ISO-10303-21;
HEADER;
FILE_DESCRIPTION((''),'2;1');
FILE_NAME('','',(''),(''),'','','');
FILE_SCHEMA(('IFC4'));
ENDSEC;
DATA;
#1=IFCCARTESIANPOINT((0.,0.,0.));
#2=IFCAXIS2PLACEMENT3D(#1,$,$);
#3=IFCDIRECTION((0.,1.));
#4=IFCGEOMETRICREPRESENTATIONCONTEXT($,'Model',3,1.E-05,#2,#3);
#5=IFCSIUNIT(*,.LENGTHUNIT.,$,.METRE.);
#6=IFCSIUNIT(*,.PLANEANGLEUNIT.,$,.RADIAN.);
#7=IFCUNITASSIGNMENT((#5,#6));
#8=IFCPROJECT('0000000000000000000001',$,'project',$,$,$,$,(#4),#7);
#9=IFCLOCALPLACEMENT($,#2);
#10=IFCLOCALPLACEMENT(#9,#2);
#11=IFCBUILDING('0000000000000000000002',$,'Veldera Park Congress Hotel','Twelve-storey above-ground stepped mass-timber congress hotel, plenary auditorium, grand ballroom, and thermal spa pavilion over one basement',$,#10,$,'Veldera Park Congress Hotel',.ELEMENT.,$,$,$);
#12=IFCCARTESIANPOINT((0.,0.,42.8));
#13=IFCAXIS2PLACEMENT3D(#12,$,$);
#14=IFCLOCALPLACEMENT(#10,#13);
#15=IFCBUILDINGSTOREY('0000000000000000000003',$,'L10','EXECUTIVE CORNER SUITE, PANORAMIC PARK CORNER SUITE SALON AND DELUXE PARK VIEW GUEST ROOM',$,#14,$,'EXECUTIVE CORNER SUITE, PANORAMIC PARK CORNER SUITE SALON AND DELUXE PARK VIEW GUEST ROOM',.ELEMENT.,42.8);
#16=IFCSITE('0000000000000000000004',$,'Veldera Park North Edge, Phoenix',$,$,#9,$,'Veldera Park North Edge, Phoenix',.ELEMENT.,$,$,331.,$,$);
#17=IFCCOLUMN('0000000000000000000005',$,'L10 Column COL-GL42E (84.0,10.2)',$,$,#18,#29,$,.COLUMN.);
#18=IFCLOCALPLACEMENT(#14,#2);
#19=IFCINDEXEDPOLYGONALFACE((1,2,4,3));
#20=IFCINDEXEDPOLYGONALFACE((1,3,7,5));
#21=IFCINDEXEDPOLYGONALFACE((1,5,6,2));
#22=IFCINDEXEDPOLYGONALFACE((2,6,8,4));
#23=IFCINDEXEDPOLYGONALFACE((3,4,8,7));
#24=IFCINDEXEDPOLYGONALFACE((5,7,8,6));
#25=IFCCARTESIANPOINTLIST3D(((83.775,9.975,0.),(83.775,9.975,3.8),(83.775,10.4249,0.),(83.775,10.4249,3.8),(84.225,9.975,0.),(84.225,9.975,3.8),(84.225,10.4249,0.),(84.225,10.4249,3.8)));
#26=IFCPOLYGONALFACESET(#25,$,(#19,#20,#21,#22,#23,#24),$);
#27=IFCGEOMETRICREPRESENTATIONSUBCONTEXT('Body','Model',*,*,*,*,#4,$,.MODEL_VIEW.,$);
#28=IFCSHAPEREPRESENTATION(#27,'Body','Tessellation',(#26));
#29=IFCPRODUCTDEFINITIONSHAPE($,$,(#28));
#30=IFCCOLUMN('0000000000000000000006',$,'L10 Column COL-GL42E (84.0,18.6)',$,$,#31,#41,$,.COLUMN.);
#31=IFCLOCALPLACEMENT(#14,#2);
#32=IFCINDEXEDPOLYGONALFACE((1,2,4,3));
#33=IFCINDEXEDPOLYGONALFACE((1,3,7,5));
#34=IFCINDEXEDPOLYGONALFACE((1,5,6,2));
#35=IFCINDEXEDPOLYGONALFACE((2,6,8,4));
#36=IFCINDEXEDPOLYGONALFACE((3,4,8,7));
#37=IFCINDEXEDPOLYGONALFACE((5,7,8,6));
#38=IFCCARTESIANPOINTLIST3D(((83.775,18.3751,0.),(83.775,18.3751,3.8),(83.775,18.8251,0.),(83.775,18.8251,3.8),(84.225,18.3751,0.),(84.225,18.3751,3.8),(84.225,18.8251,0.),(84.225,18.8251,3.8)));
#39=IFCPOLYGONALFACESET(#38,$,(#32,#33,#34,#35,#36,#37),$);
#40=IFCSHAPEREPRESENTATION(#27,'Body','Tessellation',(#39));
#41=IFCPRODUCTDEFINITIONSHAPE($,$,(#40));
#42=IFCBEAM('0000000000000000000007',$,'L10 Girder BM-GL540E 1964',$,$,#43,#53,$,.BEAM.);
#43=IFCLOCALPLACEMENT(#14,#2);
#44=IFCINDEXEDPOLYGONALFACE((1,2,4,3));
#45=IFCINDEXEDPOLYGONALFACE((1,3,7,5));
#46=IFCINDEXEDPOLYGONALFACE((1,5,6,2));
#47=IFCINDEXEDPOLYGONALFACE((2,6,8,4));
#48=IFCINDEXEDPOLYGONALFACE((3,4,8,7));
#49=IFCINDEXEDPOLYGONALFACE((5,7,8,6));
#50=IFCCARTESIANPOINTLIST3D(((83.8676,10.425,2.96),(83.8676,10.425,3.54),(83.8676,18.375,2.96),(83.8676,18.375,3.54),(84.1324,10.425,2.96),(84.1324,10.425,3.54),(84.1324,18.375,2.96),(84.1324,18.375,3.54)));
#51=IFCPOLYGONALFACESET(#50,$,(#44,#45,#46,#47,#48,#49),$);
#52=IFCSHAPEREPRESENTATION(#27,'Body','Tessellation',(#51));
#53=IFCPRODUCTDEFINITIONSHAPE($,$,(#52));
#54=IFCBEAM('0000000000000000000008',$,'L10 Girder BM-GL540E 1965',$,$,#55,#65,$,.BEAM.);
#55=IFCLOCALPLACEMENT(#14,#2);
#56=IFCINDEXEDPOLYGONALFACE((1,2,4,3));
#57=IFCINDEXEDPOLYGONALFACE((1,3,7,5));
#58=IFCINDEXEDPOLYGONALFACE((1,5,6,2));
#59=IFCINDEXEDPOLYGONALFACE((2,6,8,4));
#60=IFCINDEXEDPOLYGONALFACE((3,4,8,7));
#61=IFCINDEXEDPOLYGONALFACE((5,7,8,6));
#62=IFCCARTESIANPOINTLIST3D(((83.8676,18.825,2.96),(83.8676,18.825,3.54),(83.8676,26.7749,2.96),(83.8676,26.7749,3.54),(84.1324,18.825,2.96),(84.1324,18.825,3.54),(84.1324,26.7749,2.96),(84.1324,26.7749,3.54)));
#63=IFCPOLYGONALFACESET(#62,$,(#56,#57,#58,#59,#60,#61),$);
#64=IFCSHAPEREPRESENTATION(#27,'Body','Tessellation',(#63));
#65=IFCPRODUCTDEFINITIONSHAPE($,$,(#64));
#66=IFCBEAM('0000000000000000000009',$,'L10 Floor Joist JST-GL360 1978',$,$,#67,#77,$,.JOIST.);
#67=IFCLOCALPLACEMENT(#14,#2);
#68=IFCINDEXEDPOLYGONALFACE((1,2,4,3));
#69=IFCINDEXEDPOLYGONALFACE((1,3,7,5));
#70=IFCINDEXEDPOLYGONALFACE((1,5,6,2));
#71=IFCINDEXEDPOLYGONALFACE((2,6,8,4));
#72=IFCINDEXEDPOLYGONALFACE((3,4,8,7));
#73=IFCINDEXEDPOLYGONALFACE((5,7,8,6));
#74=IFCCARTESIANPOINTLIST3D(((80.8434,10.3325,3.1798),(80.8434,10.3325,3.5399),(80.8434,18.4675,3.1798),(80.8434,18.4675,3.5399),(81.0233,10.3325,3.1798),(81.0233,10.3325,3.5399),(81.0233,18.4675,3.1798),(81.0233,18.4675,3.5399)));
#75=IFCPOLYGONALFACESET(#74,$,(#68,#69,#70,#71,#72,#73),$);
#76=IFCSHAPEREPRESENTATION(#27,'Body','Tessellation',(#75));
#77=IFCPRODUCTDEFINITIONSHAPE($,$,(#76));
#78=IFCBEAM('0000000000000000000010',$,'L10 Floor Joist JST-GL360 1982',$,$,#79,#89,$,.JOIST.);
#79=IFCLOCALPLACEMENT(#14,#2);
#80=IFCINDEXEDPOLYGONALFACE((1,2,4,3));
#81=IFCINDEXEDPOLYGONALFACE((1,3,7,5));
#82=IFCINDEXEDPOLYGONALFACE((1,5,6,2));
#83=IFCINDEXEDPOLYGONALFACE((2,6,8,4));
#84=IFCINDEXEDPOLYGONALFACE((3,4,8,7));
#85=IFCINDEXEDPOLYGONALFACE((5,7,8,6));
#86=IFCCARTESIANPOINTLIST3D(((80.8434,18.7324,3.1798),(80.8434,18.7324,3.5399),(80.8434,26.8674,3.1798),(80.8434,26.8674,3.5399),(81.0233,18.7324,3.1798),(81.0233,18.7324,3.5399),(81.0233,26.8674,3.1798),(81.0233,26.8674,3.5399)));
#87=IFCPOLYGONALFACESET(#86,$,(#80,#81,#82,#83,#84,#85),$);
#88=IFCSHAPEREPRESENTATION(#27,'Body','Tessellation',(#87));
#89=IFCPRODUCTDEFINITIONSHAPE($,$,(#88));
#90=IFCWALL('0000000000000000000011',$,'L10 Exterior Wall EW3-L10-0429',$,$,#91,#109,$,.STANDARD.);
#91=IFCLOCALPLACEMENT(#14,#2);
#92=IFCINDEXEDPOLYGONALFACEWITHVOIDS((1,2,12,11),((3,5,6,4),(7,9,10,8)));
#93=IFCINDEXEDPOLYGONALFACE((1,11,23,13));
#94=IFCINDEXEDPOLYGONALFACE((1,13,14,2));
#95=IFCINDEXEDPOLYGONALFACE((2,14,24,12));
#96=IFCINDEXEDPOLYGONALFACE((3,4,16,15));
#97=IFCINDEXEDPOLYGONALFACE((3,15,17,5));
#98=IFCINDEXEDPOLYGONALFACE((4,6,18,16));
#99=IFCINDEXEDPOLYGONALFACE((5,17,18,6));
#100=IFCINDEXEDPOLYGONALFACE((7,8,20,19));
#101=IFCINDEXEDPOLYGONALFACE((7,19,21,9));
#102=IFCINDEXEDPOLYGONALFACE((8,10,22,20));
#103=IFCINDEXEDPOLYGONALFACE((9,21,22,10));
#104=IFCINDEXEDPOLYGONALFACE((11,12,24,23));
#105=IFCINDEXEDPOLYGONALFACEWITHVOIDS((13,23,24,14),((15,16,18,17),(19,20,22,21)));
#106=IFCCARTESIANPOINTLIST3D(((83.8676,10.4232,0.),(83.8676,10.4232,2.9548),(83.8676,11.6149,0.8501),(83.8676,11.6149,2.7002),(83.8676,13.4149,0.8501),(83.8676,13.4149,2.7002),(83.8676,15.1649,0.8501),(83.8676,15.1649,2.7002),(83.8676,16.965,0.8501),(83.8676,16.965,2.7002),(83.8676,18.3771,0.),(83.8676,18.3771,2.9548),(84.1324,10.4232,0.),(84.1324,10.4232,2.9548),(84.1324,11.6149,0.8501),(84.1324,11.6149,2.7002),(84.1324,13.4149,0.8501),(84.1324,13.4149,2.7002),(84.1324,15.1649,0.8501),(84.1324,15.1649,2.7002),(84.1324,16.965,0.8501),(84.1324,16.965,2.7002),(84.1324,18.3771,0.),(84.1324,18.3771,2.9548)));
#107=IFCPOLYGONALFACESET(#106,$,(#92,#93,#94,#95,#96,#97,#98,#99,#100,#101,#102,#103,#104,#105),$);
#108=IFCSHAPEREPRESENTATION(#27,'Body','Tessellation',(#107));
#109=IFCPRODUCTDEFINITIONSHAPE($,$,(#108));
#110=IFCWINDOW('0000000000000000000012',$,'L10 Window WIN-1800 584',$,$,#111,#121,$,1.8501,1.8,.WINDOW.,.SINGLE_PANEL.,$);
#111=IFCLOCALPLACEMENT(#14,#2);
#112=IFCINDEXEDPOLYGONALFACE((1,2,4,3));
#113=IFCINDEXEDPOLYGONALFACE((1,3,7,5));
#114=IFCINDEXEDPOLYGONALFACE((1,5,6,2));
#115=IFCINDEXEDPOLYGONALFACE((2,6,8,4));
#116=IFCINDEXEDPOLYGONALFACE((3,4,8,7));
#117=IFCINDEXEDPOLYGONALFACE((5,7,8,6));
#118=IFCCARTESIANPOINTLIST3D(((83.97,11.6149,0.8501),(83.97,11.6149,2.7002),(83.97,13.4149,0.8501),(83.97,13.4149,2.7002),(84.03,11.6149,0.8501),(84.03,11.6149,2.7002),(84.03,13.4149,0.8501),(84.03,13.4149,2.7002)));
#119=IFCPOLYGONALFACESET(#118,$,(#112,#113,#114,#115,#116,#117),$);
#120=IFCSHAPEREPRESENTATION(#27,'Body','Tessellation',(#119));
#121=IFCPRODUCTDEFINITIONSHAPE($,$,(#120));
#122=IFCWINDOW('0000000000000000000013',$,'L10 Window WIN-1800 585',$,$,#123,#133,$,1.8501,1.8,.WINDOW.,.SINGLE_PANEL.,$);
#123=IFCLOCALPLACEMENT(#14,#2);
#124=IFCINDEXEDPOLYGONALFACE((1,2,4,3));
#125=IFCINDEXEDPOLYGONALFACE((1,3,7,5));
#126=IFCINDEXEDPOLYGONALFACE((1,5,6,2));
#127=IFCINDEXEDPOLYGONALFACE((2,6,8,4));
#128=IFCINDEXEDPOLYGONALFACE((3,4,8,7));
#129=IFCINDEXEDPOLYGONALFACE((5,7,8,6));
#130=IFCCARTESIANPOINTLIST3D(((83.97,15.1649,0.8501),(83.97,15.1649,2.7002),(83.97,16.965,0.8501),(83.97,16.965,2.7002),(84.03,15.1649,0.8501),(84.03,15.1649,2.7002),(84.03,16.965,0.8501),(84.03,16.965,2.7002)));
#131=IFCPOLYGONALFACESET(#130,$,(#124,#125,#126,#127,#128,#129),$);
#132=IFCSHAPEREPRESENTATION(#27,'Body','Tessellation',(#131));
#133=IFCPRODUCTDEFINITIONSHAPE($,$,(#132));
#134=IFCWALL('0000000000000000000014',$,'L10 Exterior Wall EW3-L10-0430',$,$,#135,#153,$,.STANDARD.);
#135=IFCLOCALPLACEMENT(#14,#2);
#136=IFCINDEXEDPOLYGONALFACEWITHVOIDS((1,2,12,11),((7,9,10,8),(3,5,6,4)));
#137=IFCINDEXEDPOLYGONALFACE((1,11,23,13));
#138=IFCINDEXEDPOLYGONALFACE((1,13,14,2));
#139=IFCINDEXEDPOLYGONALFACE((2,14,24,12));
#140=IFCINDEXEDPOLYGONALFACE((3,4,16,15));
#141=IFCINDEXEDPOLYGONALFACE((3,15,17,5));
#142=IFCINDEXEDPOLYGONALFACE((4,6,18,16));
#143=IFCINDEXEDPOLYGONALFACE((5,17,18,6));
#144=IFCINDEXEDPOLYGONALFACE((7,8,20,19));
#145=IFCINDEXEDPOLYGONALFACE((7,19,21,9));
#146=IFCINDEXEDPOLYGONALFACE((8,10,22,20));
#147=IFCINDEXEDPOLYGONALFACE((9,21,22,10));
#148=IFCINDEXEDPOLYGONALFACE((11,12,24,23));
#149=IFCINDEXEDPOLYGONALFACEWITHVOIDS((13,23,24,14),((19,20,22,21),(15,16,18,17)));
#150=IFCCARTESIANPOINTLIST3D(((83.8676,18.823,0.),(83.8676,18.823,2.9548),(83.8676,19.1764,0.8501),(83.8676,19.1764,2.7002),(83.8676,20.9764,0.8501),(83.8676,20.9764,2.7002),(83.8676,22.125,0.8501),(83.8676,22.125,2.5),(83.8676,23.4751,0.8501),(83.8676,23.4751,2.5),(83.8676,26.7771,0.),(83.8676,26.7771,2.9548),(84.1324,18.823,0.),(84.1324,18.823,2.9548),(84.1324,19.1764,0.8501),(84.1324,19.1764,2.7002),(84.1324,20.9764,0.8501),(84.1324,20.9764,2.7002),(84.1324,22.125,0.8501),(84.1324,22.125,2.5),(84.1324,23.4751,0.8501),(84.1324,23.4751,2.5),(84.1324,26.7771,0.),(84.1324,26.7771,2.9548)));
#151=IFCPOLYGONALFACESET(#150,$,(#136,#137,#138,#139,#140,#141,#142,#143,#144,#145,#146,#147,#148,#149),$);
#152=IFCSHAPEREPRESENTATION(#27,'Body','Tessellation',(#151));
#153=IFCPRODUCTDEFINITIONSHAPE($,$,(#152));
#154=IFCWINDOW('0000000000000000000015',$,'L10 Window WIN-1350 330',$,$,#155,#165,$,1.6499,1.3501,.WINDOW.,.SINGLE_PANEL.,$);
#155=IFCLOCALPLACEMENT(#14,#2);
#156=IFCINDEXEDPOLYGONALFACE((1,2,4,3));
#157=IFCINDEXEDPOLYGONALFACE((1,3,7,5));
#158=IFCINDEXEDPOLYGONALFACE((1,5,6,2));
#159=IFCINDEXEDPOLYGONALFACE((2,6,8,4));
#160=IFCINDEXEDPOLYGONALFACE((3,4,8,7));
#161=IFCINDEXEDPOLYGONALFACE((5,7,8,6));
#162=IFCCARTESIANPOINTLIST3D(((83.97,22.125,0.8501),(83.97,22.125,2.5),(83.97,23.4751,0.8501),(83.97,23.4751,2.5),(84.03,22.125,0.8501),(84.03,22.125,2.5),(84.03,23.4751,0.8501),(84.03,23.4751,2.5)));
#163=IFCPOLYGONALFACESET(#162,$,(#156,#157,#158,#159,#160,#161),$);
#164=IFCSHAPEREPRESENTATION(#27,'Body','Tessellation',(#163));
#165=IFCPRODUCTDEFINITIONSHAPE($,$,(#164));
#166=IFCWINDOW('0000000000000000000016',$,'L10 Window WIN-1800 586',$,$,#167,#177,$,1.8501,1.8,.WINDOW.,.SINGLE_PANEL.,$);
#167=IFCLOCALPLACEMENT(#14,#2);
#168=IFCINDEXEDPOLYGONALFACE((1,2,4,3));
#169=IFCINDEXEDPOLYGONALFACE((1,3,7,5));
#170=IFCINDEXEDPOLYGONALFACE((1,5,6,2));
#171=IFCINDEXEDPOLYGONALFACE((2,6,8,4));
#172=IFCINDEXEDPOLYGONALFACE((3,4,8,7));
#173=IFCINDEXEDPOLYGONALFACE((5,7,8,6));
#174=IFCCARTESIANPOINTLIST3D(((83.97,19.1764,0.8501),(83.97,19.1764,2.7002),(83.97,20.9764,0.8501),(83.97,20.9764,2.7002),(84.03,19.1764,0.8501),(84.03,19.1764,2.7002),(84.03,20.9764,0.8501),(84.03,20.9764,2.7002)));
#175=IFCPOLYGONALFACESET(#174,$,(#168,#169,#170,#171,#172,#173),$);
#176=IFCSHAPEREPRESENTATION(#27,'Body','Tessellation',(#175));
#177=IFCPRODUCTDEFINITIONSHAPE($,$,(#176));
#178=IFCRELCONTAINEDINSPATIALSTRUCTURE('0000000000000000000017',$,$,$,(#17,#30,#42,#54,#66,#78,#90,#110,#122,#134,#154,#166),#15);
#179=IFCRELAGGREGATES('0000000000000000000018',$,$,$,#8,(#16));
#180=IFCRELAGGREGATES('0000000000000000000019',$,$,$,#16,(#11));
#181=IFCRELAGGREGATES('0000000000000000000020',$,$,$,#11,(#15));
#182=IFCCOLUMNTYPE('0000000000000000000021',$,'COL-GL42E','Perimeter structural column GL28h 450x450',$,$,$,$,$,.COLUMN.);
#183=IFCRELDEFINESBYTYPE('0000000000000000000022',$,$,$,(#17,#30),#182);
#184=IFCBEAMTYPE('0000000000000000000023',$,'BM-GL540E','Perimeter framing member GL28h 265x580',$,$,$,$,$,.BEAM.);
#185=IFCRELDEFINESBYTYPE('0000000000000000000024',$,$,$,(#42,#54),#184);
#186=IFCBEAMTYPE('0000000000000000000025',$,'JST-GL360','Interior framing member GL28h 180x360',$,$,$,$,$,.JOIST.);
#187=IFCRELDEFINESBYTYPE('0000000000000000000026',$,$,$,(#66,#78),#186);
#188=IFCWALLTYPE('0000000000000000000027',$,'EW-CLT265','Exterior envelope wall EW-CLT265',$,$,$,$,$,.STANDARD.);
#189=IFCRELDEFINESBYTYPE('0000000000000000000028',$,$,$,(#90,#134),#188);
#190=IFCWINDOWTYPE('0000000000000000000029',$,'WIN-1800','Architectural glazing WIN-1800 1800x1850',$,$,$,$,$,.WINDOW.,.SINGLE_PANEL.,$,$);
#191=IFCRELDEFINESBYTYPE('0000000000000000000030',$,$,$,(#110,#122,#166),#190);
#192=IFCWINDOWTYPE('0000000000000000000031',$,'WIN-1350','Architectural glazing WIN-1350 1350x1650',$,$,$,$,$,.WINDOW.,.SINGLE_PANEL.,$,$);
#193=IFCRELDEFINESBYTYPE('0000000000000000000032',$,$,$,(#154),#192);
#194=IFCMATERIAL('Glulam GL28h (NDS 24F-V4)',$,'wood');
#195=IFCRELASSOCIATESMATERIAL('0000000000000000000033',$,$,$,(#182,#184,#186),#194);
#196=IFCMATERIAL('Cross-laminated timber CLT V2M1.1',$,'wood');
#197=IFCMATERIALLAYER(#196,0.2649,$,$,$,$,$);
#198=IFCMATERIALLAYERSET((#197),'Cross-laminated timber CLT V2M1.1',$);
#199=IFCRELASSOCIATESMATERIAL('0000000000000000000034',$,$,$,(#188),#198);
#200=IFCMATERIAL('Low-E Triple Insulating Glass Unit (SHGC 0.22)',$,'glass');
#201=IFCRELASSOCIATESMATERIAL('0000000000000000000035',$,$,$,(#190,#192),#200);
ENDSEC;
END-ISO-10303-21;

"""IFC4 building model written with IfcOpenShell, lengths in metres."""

from ifc_helpers import new_model, si_unit, direction, frame, frame_2d, origin, origin_2d, place, context, subcontext, project, spatial, rectangle, extrude, material, layer, layer_set, material_profile, profile_set, type_object, element, fill, save


model = new_model("IFC4")

# Units and contexts
model_context = context("Model", 3, precision=1e-05, world=origin(), true_north=direction((0.0, 1.0)))
body_context = subcontext(model_context, "Body", "Model", "MODEL_VIEW")
ifc_project = project(units=[si_unit("LENGTHUNIT", "METRE"), si_unit("PLANEANGLEUNIT", "RADIAN")], contexts=[model_context])

# Site, building, storey
site_placement = place(None, origin())
site = spatial("IfcSite", under=ifc_project, at=site_placement, Name="Veldera Park North Edge, Phoenix", LongName="Veldera Park North Edge, Phoenix", CompositionType="ELEMENT", RefElevation=331.0)
building_placement = place(site_placement, origin())
building = spatial("IfcBuilding", under=site, at=building_placement, Name="Veldera Park Congress Hotel", Description="Twelve-storey above-ground stepped mass-timber congress hotel, plenary auditorium, grand ballroom, and thermal spa pavilion over one basement", LongName="Veldera Park Congress Hotel", CompositionType="ELEMENT")
storey_placement = place(building_placement, frame((0.0, 0.0, 42.8)))
storey = spatial("IfcBuildingStorey", under=building, at=storey_placement, Name="L10", Description="EXECUTIVE CORNER SUITE, PANORAMIC PARK CORNER SUITE SALON AND DELUXE PARK VIEW GUEST ROOM", LongName="EXECUTIVE CORNER SUITE, PANORAMIC PARK CORNER SUITE SALON AND DELUXE PARK VIEW GUEST ROOM", CompositionType="ELEMENT", Elevation=42.8)

# Columns
ifc_material_1 = material(Name="Glulam GL28h (NDS 24F-V4)", Category="wood")
ifc_material_profile_1 = material_profile(ifc_material_1, rectangle(XDim=0.45, YDim=0.45, at=origin_2d()), Name="GL28h 450x450")
ifc_profile_set_1 = profile_set([ifc_material_profile_1], Name="Glulam GL28h (NDS 24F-V4)")
column_type = type_object("IfcColumnType", Name="COL-GL42E", Description="Perimeter structural column GL28h 450x450", PredefinedType="COLUMN", material=ifc_profile_set_1)
for number, where, z_axis, x_axis, name in (
    (1, (84.0, 10.2, 0.0), (0.0, 0.0, 1.0), (1.0, 0.0, 0.0), "L10 Column COL-GL42E (84.0,10.2)"),
    (2, (84.0, 18.6001, 0.0), (0.0, 0.0, 1.0), (1.0, 0.0, 0.0), "L10 Column COL-GL42E (84.0,18.6)"),
):
    element("IfcColumn", number, at=place(storey_placement, frame(where, z_axis=z_axis, x_axis=x_axis)), inside=storey, type_object=column_type, Name=name, PredefinedType="COLUMN", context=body_context, shape_type="SweptSolid", body=[
        extrude(rectangle(XDim=0.45, YDim=0.45, at=origin_2d()), origin(), (0.0, 0.0, 1.0), 3.8),
    ])

# Beams
ifc_material_profile_2 = material_profile(ifc_material_1, rectangle(XDim=0.2649, YDim=0.5801, at=origin_2d()), Name="GL28h 265x580")
ifc_profile_set_2 = profile_set([ifc_material_profile_2], Name="Glulam GL28h (NDS 24F-V4)")
beam_type_1 = type_object("IfcBeamType", Name="BM-GL540E", Description="Perimeter framing member GL28h 265x580", PredefinedType="BEAM", material=ifc_profile_set_2)
for number, where, z_axis, x_axis, name in (
    (3, (84.0, 10.425, 3.25), (0.0, 1.0, 0.0), (-1.0, 0.0, 0.0), "L10 Girder BM-GL540E 1964"),
    (4, (84.0, 18.825, 3.25), (0.0, 1.0, 0.0), (-1.0, 0.0, 0.0), "L10 Girder BM-GL540E 1965"),
):
    element("IfcBeam", number, at=place(storey_placement, frame(where, z_axis=z_axis, x_axis=x_axis)), inside=storey, type_object=beam_type_1, Name=name, PredefinedType="BEAM", context=body_context, shape_type="SweptSolid", body=[
        extrude(rectangle(XDim=0.2649, YDim=0.5801, at=origin_2d()), origin(), (0.0, 0.0, 1.0), 7.95),
    ])
ifc_material_profile_3 = material_profile(ifc_material_1, rectangle(XDim=0.1799, YDim=0.3601, at=origin_2d()), Name="GL28h 180x360")
ifc_profile_set_3 = profile_set([ifc_material_profile_3], Name="Glulam GL28h (NDS 24F-V4)")
beam_type_2 = type_object("IfcBeamType", Name="JST-GL360", Description="Interior framing member GL28h 180x360", PredefinedType="JOIST", material=ifc_profile_set_3)
for number, where, z_axis, x_axis, name in (
    (5, (80.9333, 10.3325, 3.3599), (0.0, 1.0, 0.0), (-1.0, 0.0, 0.0), "L10 Floor Joist JST-GL360 1978"),
    (6, (80.9333, 18.7324, 3.3599), (0.0, 1.0, 0.0), (-1.0, 0.0, 0.0), "L10 Floor Joist JST-GL360 1982"),
):
    element("IfcBeam", number, at=place(storey_placement, frame(where, z_axis=z_axis, x_axis=x_axis)), inside=storey, type_object=beam_type_2, Name=name, PredefinedType="JOIST", context=body_context, shape_type="SweptSolid", body=[
        extrude(rectangle(XDim=0.1799, YDim=0.3601, at=origin_2d()), origin(), (0.0, 0.0, 1.0), 8.135),
    ])

# Walls, openings, windows
ifc_material_2 = material(Name="Cross-laminated timber CLT V2M1.1", Category="wood")
ifc_layer = layer(ifc_material_2, 0.2649)
ifc_layer_set = layer_set([ifc_layer], Name="Cross-laminated timber CLT V2M1.1")
wall_type = type_object("IfcWallType", Name="EW-CLT265", Description="Exterior envelope wall EW-CLT265", PredefinedType="STANDARD", material=ifc_layer_set)
wall_1_placement = place(storey_placement, frame((84.0, 10.4231, 0.0), z_axis=(0.0, 0.0, 1.0), x_axis=(0.0, 1.0, 0.0)))
wall_1 = element("IfcWall", 7, at=wall_1_placement, inside=storey, type_object=wall_type, Name="L10 Exterior Wall EW3-L10-0429", PredefinedType="STANDARD", context=body_context, shape_type="SweptSolid", body=[
    extrude(rectangle(XDim=7.9539, YDim=0.2649, at=frame_2d((3.9771, 0.0))), origin(), (0.0, 0.0, 1.0), 2.9548),
])
opening_1_placement = place(wall_1_placement, frame((1.1919, 0.0, 0.8501)))
opening_1 = element("IfcOpeningElement", 8, at=opening_1_placement, cuts=wall_1, PredefinedType="OPENING", context=body_context, shape_type="SweptSolid", body=[
    extrude(rectangle(XDim=1.8, YDim=1.8501, at=frame_2d((0.8999, 0.925))), frame((0.0, 0.1445, 0.0), z_axis=(0.0, -1.0, 0.0), x_axis=(1.0, 0.0, 0.0)), (0.0, 0.0, 1.0), 0.2888),
])
opening_2_placement = place(wall_1_placement, frame((4.7419, 0.0, 0.8501)))
opening_2 = element("IfcOpeningElement", 9, at=opening_2_placement, cuts=wall_1, PredefinedType="OPENING", context=body_context, shape_type="SweptSolid", body=[
    extrude(rectangle(XDim=1.8, YDim=1.8501, at=frame_2d((0.8999, 0.925))), frame((0.0, 0.1445, 0.0), z_axis=(0.0, -1.0, 0.0), x_axis=(1.0, 0.0, 0.0)), (0.0, 0.0, 1.0), 0.2888),
])
ifc_material_3 = material(Name="Low-E Triple Insulating Glass Unit (SHGC 0.22)", Category="glass")
window_type_1 = type_object("IfcWindowType", Name="WIN-1800", Description="Architectural glazing WIN-1800 1800x1850", PartitioningType="SINGLE_PANEL", PredefinedType="WINDOW", material=ifc_material_3)
window_1_placement = place(opening_1_placement, origin())
window_1 = element("IfcWindow", 10, at=window_1_placement, inside=storey, type_object=window_type_1, Name="L10 Window WIN-1800 584", OverallHeight=1.8501, OverallWidth=1.8, PartitioningType="SINGLE_PANEL", PredefinedType="WINDOW", context=body_context, shape_type="SweptSolid", body=[
    extrude(rectangle(XDim=1.8, YDim=1.8501, at=frame_2d((0.8999, 0.925))), frame((0.0, 0.03, 0.0), z_axis=(0.0, -1.0, 0.0), x_axis=(1.0, 0.0, 0.0)), (0.0, 0.0, 1.0), 0.0601),
])
fill(opening_1, window_1)
window_2_placement = place(opening_2_placement, origin())
window_2 = element("IfcWindow", 11, at=window_2_placement, inside=storey, type_object=window_type_1, Name="L10 Window WIN-1800 585", OverallHeight=1.8501, OverallWidth=1.8, PartitioningType="SINGLE_PANEL", PredefinedType="WINDOW", context=body_context, shape_type="SweptSolid", body=[
    extrude(rectangle(XDim=1.8, YDim=1.8501, at=frame_2d((0.8999, 0.925))), frame((0.0, 0.03, 0.0), z_axis=(0.0, -1.0, 0.0), x_axis=(1.0, 0.0, 0.0)), (0.0, 0.0, 1.0), 0.0601),
])
fill(opening_2, window_2)
wall_2_placement = place(storey_placement, frame((84.0, 18.823, 0.0), z_axis=(0.0, 0.0, 1.0), x_axis=(0.0, 1.0, 0.0)))
wall_2 = element("IfcWall", 12, at=wall_2_placement, inside=storey, type_object=wall_type, Name="L10 Exterior Wall EW3-L10-0430", PredefinedType="STANDARD", context=body_context, shape_type="SweptSolid", body=[
    extrude(rectangle(XDim=7.9541, YDim=0.2649, at=frame_2d((3.9771, 0.0))), origin(), (0.0, 0.0, 1.0), 2.9548),
])
opening_3_placement = place(wall_2_placement, frame((3.302, 0.0, 0.8501)))
opening_3 = element("IfcOpeningElement", 13, at=opening_3_placement, cuts=wall_2, PredefinedType="OPENING", context=body_context, shape_type="SweptSolid", body=[
    extrude(rectangle(XDim=1.3501, YDim=1.6499, at=frame_2d((0.675, 0.825))), frame((0.0, 0.1445, 0.0), z_axis=(0.0, -1.0, 0.0), x_axis=(1.0, 0.0, 0.0)), (0.0, 0.0, 1.0), 0.2888),
])
opening_4_placement = place(wall_2_placement, frame((0.3535, 0.0, 0.8501)))
opening_4 = element("IfcOpeningElement", 14, at=opening_4_placement, cuts=wall_2, PredefinedType="OPENING", context=body_context, shape_type="SweptSolid", body=[
    extrude(rectangle(XDim=1.8, YDim=1.8501, at=frame_2d((0.8999, 0.925))), frame((0.0, 0.1445, 0.0), z_axis=(0.0, -1.0, 0.0), x_axis=(1.0, 0.0, 0.0)), (0.0, 0.0, 1.0), 0.2888),
])
window_type_2 = type_object("IfcWindowType", Name="WIN-1350", Description="Architectural glazing WIN-1350 1350x1650", PartitioningType="SINGLE_PANEL", PredefinedType="WINDOW", material=ifc_material_3)
window_3_placement = place(opening_3_placement, origin())
window_3 = element("IfcWindow", 15, at=window_3_placement, inside=storey, type_object=window_type_2, Name="L10 Window WIN-1350 330", OverallHeight=1.6499, OverallWidth=1.3501, PartitioningType="SINGLE_PANEL", PredefinedType="WINDOW", context=body_context, shape_type="SweptSolid", body=[
    extrude(rectangle(XDim=1.3501, YDim=1.6499, at=frame_2d((0.675, 0.825))), frame((0.0, 0.03, 0.0), z_axis=(0.0, -1.0, 0.0), x_axis=(1.0, 0.0, 0.0)), (0.0, 0.0, 1.0), 0.0601),
])
fill(opening_3, window_3)
window_4_placement = place(opening_4_placement, origin())
window_4 = element("IfcWindow", 16, at=window_4_placement, inside=storey, type_object=window_type_1, Name="L10 Window WIN-1800 586", OverallHeight=1.8501, OverallWidth=1.8, PartitioningType="SINGLE_PANEL", PredefinedType="WINDOW", context=body_context, shape_type="SweptSolid", body=[
    extrude(rectangle(XDim=1.8, YDim=1.8501, at=frame_2d((0.8999, 0.925))), frame((0.0, 0.03, 0.0), z_axis=(0.0, -1.0, 0.0), x_axis=(1.0, 0.0, 0.0)), (0.0, 0.0, 1.0), 0.0601),
])
fill(opening_4, window_4)

save(model, "model.ifc")
